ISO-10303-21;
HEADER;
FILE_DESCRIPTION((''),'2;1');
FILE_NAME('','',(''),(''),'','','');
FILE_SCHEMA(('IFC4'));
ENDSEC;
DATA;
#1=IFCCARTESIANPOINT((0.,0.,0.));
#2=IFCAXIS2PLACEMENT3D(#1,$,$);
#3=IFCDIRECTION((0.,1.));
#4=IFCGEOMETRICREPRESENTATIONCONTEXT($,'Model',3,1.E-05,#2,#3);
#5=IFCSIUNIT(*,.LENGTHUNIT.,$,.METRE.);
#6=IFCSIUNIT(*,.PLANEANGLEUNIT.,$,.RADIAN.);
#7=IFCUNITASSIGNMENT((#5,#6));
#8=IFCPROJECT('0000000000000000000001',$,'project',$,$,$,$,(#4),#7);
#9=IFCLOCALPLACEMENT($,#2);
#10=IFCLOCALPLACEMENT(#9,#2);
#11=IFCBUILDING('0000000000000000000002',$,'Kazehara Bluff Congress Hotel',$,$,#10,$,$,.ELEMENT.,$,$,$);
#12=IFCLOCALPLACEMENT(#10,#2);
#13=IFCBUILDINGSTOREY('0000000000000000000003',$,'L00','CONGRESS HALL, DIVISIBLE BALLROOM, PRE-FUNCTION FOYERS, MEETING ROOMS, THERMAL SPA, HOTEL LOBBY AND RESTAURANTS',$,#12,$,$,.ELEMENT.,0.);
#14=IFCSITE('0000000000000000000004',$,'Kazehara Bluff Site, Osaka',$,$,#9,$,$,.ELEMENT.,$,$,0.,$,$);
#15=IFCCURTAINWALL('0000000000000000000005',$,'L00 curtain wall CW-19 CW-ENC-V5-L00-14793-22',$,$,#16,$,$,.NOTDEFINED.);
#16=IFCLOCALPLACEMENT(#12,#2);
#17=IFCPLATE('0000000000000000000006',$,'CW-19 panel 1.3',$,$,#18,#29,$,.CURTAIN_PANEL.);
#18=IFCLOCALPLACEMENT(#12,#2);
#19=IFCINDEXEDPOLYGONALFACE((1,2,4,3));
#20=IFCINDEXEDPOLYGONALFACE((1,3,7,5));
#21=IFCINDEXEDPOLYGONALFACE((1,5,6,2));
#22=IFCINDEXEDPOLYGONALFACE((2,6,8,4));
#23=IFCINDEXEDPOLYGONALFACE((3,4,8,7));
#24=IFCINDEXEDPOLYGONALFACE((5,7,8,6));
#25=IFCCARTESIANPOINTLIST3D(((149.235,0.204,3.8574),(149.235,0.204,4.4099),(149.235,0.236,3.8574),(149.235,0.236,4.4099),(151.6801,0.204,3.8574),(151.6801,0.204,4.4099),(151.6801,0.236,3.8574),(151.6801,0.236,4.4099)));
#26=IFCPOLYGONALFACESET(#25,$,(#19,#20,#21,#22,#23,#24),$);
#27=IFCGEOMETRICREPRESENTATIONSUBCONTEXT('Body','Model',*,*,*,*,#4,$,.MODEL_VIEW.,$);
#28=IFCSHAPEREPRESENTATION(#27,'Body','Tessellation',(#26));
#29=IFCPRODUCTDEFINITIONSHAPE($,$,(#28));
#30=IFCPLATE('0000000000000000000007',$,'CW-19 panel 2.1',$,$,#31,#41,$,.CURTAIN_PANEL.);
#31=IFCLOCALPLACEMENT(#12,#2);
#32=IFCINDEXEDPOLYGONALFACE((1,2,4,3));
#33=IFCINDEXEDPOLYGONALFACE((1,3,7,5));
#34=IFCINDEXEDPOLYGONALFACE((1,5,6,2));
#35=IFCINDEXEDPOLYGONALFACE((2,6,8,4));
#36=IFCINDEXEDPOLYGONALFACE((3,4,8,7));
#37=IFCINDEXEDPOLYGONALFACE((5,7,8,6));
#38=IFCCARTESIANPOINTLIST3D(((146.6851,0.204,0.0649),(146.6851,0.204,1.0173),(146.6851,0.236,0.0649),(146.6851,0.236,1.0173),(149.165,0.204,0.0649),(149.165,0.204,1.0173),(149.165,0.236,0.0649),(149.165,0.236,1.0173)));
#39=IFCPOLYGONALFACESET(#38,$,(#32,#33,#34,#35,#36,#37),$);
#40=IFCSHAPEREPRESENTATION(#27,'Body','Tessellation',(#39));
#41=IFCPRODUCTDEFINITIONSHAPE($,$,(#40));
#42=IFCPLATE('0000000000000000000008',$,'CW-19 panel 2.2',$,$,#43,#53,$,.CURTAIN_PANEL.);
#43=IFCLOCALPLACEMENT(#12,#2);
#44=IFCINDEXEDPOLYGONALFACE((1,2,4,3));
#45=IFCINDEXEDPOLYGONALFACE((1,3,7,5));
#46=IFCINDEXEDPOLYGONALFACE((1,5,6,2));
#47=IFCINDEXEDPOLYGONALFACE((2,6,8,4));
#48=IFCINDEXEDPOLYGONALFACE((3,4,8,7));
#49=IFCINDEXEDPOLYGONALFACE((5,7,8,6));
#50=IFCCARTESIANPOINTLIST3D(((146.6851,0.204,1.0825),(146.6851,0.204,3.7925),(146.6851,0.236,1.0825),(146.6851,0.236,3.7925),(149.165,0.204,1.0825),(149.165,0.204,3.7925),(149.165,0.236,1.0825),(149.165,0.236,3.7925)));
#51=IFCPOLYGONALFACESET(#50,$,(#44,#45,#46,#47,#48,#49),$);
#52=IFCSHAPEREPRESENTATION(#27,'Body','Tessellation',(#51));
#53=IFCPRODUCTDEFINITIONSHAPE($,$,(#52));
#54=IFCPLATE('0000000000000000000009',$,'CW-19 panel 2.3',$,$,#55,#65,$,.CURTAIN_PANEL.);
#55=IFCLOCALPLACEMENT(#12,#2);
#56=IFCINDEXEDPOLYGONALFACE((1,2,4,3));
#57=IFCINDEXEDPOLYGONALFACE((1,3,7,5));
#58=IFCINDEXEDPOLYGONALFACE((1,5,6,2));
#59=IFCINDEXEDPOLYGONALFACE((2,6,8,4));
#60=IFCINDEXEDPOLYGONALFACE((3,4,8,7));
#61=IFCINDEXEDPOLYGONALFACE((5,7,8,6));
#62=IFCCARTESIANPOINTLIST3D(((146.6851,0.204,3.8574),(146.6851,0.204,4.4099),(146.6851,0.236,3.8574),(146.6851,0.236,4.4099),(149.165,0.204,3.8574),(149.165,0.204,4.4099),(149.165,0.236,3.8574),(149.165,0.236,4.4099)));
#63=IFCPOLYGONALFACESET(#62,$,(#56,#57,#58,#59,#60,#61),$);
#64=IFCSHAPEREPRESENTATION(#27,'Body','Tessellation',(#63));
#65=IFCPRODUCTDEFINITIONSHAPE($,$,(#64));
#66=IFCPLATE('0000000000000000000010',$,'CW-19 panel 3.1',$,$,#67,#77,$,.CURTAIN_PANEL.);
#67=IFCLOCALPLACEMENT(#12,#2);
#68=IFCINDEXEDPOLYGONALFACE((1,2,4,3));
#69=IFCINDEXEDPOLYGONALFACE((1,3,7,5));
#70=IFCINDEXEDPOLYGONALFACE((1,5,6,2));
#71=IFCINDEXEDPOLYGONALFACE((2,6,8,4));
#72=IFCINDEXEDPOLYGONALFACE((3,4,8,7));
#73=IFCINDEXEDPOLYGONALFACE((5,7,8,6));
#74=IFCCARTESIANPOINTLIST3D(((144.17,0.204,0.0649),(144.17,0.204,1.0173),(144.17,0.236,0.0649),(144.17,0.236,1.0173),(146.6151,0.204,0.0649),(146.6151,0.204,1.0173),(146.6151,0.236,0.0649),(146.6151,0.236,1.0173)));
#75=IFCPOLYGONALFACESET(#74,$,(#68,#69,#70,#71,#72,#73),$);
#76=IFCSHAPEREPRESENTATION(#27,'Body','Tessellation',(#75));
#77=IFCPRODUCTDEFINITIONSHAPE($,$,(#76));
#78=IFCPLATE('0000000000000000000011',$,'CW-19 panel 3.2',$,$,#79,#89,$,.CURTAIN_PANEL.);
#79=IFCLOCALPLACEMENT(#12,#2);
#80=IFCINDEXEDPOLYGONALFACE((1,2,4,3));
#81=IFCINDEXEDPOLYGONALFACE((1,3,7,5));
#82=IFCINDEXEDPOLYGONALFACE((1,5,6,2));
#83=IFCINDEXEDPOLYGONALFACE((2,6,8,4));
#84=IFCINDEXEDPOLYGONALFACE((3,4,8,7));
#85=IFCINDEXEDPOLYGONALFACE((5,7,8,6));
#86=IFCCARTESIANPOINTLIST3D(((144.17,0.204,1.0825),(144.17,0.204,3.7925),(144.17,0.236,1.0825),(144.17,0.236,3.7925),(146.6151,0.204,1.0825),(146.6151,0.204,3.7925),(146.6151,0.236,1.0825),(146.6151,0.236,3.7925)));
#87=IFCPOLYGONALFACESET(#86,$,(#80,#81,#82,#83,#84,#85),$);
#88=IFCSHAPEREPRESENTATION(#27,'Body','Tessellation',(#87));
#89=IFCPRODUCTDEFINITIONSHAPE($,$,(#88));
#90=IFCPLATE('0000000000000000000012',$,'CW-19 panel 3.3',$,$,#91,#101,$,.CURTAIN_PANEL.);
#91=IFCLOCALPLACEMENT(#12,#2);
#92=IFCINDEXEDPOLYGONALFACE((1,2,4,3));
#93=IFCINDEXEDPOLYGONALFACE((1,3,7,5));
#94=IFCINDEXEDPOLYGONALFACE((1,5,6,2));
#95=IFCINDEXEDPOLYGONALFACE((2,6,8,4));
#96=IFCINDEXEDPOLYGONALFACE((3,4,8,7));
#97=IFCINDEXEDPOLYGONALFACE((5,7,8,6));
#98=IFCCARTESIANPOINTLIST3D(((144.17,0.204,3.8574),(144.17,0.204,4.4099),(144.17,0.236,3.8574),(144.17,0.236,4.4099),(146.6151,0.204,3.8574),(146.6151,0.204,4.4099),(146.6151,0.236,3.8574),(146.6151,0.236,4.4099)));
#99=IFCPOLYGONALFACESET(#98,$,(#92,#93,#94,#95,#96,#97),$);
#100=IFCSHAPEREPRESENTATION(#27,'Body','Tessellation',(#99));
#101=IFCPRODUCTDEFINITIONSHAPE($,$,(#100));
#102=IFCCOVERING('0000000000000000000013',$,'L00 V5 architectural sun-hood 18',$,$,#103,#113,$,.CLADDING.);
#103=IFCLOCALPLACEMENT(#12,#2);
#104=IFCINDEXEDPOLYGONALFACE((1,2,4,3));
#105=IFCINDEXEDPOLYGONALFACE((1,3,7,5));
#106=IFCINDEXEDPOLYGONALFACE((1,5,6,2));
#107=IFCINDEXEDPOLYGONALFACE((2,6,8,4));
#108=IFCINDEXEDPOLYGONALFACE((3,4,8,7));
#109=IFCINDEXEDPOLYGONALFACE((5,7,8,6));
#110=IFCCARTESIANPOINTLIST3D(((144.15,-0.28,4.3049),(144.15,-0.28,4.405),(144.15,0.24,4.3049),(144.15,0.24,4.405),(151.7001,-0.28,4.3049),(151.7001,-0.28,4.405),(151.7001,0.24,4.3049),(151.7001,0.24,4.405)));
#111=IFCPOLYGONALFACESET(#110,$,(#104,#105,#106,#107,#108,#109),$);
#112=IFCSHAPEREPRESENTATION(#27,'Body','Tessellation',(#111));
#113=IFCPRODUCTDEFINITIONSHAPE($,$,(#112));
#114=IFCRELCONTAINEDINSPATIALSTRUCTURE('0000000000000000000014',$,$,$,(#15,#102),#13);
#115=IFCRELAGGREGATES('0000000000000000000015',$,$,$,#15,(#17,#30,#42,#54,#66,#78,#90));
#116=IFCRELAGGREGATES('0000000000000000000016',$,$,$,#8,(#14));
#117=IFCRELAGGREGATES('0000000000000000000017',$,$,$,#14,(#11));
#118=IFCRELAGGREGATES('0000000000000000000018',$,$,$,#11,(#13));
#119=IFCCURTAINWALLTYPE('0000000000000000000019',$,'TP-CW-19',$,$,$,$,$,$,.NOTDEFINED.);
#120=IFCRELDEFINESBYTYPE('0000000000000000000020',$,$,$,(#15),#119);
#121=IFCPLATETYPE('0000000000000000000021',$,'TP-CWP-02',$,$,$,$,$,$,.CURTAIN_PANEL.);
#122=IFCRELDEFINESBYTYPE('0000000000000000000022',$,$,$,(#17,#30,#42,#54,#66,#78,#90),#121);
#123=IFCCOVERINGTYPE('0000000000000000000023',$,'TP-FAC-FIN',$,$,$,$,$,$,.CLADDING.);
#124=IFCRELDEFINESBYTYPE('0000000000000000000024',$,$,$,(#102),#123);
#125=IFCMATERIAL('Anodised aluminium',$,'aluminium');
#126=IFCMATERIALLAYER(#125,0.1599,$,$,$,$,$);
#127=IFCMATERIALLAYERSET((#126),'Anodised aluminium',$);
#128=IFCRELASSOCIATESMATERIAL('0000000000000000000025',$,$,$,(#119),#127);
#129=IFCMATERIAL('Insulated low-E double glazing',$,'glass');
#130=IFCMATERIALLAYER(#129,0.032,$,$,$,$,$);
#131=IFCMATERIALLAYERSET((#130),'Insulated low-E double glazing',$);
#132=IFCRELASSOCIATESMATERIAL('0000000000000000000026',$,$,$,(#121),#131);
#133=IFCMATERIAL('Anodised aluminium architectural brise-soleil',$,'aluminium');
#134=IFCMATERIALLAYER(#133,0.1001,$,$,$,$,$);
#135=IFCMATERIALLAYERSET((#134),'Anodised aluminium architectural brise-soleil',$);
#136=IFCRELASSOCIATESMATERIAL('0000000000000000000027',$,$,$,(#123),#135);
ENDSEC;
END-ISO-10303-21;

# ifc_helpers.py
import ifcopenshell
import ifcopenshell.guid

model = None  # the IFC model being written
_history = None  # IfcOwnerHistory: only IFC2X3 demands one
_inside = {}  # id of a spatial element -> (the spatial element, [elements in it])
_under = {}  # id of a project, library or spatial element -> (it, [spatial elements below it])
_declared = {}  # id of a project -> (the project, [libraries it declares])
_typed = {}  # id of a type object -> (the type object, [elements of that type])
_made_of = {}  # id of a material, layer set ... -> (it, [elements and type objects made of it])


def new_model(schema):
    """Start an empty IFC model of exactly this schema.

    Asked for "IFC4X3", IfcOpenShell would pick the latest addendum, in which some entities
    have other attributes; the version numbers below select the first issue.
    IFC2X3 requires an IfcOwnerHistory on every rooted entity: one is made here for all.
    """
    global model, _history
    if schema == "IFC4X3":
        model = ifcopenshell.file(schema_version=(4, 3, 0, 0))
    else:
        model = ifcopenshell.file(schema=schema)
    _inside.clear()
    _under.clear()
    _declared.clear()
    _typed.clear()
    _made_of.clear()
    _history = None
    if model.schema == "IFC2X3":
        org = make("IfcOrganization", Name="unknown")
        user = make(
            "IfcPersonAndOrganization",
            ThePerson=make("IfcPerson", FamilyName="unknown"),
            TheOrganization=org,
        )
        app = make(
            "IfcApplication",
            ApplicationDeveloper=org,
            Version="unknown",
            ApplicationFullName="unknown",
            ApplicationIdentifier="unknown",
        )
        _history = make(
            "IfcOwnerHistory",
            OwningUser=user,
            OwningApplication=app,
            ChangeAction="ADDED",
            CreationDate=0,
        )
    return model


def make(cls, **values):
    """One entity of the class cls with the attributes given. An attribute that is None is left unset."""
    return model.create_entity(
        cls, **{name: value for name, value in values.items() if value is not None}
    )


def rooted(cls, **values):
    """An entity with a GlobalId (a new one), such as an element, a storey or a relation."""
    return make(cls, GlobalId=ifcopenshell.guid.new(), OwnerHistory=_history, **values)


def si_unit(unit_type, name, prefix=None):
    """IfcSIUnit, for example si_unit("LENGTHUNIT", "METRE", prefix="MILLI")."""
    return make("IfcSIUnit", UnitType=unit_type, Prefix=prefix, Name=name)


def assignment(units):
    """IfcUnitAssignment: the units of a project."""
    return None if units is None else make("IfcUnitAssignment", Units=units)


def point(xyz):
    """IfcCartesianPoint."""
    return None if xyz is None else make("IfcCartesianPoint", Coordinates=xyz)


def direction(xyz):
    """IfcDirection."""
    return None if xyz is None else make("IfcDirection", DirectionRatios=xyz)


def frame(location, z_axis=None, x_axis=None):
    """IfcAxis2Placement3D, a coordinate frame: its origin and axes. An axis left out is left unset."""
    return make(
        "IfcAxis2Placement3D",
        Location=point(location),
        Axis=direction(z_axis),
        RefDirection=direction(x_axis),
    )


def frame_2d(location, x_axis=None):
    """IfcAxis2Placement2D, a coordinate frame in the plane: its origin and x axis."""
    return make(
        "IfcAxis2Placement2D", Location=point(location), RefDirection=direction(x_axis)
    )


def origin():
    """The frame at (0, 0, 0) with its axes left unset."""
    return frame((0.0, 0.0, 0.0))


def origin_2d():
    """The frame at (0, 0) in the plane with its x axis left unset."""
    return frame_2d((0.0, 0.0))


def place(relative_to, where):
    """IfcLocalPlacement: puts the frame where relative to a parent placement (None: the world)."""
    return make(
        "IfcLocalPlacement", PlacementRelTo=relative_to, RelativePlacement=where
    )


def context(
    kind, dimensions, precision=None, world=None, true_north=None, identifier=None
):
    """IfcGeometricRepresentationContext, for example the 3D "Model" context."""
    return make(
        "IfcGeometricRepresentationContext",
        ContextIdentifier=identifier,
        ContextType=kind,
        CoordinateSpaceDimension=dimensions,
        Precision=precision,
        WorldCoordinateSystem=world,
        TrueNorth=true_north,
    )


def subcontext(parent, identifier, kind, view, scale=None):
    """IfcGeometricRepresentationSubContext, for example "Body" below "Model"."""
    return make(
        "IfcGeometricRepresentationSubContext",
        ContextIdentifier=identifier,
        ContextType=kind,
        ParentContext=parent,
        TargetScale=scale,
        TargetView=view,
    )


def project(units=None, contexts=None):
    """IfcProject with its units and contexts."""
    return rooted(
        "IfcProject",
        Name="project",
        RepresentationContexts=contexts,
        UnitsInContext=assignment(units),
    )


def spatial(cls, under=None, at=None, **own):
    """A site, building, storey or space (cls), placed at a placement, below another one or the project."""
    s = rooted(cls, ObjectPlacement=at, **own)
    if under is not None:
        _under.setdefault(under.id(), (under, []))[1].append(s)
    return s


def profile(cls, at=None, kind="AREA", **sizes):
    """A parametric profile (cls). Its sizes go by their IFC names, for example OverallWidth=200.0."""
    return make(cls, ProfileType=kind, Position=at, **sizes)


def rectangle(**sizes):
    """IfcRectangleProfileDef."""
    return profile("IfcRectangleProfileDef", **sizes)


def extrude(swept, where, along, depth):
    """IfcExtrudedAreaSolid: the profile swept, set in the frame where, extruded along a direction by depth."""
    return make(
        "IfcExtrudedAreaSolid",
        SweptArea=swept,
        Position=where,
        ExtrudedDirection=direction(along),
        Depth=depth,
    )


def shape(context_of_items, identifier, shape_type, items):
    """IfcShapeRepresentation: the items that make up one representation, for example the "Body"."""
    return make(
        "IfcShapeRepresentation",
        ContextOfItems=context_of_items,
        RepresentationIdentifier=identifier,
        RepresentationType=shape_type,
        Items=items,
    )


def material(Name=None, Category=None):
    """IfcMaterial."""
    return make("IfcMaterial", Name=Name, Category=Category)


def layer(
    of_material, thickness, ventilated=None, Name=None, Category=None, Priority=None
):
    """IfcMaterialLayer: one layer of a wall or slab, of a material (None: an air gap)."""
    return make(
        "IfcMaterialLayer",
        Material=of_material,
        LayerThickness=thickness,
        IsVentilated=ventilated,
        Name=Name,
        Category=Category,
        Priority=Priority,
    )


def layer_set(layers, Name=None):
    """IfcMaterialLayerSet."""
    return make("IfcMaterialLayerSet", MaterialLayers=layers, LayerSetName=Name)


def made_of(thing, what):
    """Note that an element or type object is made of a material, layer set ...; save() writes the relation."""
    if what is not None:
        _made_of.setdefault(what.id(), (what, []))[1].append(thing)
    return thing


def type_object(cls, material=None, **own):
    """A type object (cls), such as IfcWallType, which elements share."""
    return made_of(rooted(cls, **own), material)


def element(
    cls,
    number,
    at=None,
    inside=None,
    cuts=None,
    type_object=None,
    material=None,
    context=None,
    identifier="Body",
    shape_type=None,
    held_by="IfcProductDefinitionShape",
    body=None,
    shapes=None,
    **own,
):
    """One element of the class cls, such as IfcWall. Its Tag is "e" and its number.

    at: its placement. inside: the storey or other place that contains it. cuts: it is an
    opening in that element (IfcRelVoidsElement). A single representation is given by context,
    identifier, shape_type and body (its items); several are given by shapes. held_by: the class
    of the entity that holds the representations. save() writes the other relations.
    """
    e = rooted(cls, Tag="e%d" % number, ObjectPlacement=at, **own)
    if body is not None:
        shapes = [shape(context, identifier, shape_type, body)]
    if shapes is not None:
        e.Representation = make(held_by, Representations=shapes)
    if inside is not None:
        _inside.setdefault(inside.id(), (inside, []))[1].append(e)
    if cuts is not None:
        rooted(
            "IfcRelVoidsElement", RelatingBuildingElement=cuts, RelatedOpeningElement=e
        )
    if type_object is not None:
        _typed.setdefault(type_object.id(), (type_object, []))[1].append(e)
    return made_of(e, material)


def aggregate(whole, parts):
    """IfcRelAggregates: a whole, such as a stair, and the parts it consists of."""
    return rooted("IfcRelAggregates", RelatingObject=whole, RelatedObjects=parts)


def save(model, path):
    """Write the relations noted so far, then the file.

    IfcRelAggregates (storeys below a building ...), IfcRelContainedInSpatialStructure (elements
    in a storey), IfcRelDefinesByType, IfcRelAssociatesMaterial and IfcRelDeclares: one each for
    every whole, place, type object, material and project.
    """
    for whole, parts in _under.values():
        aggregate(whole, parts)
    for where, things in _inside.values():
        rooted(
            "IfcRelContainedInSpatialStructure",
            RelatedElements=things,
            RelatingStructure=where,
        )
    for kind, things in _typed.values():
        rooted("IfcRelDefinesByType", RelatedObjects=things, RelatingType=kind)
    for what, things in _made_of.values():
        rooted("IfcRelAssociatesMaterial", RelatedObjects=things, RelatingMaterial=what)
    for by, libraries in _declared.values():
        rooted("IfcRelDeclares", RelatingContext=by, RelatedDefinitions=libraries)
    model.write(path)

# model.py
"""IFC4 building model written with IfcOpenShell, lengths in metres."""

from ifc_helpers import new_model, si_unit, direction, frame, origin, origin_2d, place, context, subcontext, project, spatial, rectangle, extrude, material, layer, layer_set, type_object, element, aggregate, save


model = new_model("IFC4")

# Units and contexts
model_context = context("Model", 3, precision=1e-05, world=origin(), true_north=direction((0.0, 1.0)))
body_context = subcontext(model_context, "Body", "Model", "MODEL_VIEW")
ifc_project = project(units=[si_unit("LENGTHUNIT", "METRE"), si_unit("PLANEANGLEUNIT", "RADIAN")], contexts=[model_context])

# Site, building, storey
site_placement = place(None, origin())
site = spatial("IfcSite", under=ifc_project, at=site_placement, Name="Kazehara Bluff Site, Osaka", CompositionType="ELEMENT", RefElevation=0.0)
building_placement = place(site_placement, origin())
building = spatial("IfcBuilding", under=site, at=building_placement, Name="Kazehara Bluff Congress Hotel", CompositionType="ELEMENT")
storey_placement = place(building_placement, origin())
storey = spatial("IfcBuildingStorey", under=building, at=storey_placement, Name="L00", Description="CONGRESS HALL, DIVISIBLE BALLROOM, PRE-FUNCTION FOYERS, MEETING ROOMS, THERMAL SPA, HOTEL LOBBY AND RESTAURANTS", CompositionType="ELEMENT", Elevation=0.0)

# Curtain wall
ifc_material_1 = material(Name="Anodised aluminium", Category="aluminium")
ifc_layer_1 = layer(ifc_material_1, 0.1599)
ifc_layer_set_1 = layer_set([ifc_layer_1], Name="Anodised aluminium")
curtain_wall_type = type_object("IfcCurtainWallType", Name="TP-CW-19", PredefinedType="NOTDEFINED", material=ifc_layer_set_1)
curtain_wall_placement = place(storey_placement, origin())
curtain_wall = element("IfcCurtainWall", 1, at=curtain_wall_placement, inside=storey, type_object=curtain_wall_type, Name="L00 curtain wall CW-19 CW-ENC-V5-L00-14793-22", PredefinedType="NOTDEFINED")

# Plates
ifc_material_2 = material(Name="Insulated low-E double glazing", Category="glass")
ifc_layer_2 = layer(ifc_material_2, 0.032)
ifc_layer_set_2 = layer_set([ifc_layer_2], Name="Insulated low-E double glazing")
plate_type = type_object("IfcPlateType", Name="TP-CWP-02", PredefinedType="CURTAIN_PANEL", material=ifc_layer_set_2)
plate_1_placement = place(storey_placement, frame((150.4575, 0.22, 3.8574), z_axis=(0.0, 0.0, 1.0), x_axis=(-1.0, 0.0, 0.0)))
plate_1 = element("IfcPlate", 2, at=plate_1_placement, type_object=plate_type, Name="CW-19 panel 1.3", PredefinedType="CURTAIN_PANEL", context=body_context, shape_type="SweptSolid", body=[
    extrude(rectangle(XDim=2.4451, YDim=0.032, at=origin_2d()), origin(), (0.0, 0.0, 1.0), 0.5525),
])
plate_2_placement = place(storey_placement, frame((147.925, 0.22, 0.0649), z_axis=(0.0, 0.0, 1.0), x_axis=(-1.0, 0.0, 0.0)))
plate_2 = element("IfcPlate", 3, at=plate_2_placement, type_object=plate_type, Name="CW-19 panel 2.1", PredefinedType="CURTAIN_PANEL", context=body_context, shape_type="SweptSolid", body=[
    extrude(rectangle(XDim=2.48, YDim=0.032, at=origin_2d()), origin(), (0.0, 0.0, 1.0), 0.9524),
])
plate_3_placement = place(storey_placement, frame((147.925, 0.22, 1.0825), z_axis=(0.0, 0.0, 1.0), x_axis=(-1.0, 0.0, 0.0)))
plate_3 = element("IfcPlate", 4, at=plate_3_placement, type_object=plate_type, Name="CW-19 panel 2.2", PredefinedType="CURTAIN_PANEL", context=body_context, shape_type="SweptSolid", body=[
    extrude(rectangle(XDim=2.48, YDim=0.032, at=origin_2d()), origin(), (0.0, 0.0, 1.0), 2.71),
])
plate_4_placement = place(storey_placement, frame((147.925, 0.22, 3.8574), z_axis=(0.0, 0.0, 1.0), x_axis=(-1.0, 0.0, 0.0)))
plate_4 = element("IfcPlate", 5, at=plate_4_placement, type_object=plate_type, Name="CW-19 panel 2.3", PredefinedType="CURTAIN_PANEL", context=body_context, shape_type="SweptSolid", body=[
    extrude(rectangle(XDim=2.48, YDim=0.032, at=origin_2d()), origin(), (0.0, 0.0, 1.0), 0.5525),
])
plate_5_placement = place(storey_placement, frame((145.3926, 0.22, 0.0649), z_axis=(0.0, 0.0, 1.0), x_axis=(-1.0, 0.0, 0.0)))
plate_5 = element("IfcPlate", 6, at=plate_5_placement, type_object=plate_type, Name="CW-19 panel 3.1", PredefinedType="CURTAIN_PANEL", context=body_context, shape_type="SweptSolid", body=[
    extrude(rectangle(XDim=2.4451, YDim=0.032, at=origin_2d()), origin(), (0.0, 0.0, 1.0), 0.9524),
])
plate_6_placement = place(storey_placement, frame((145.3926, 0.22, 1.0825), z_axis=(0.0, 0.0, 1.0), x_axis=(-1.0, 0.0, 0.0)))
plate_6 = element("IfcPlate", 7, at=plate_6_placement, type_object=plate_type, Name="CW-19 panel 3.2", PredefinedType="CURTAIN_PANEL", context=body_context, shape_type="SweptSolid", body=[
    extrude(rectangle(XDim=2.4451, YDim=0.032, at=origin_2d()), origin(), (0.0, 0.0, 1.0), 2.71),
])
plate_7_placement = place(storey_placement, frame((145.3926, 0.22, 3.8574), z_axis=(0.0, 0.0, 1.0), x_axis=(-1.0, 0.0, 0.0)))
plate_7 = element("IfcPlate", 8, at=plate_7_placement, type_object=plate_type, Name="CW-19 panel 3.3", PredefinedType="CURTAIN_PANEL", context=body_context, shape_type="SweptSolid", body=[
    extrude(rectangle(XDim=2.4451, YDim=0.032, at=origin_2d()), origin(), (0.0, 0.0, 1.0), 0.5525),
])
aggregate(curtain_wall, [plate_1, plate_2, plate_3, plate_4, plate_5, plate_6, plate_7])

# Covering
ifc_material_3 = material(Name="Anodised aluminium architectural brise-soleil", Category="aluminium")
ifc_layer_3 = layer(ifc_material_3, 0.1001)
ifc_layer_set_3 = layer_set([ifc_layer_3], Name="Anodised aluminium architectural brise-soleil")
covering_type = type_object("IfcCoveringType", Name="TP-FAC-FIN", PredefinedType="CLADDING", material=ifc_layer_set_3)
covering_placement = place(storey_placement, frame((147.925, -0.02, 4.3049), z_axis=(0.0, 0.0, 1.0), x_axis=(1.0, 0.0, 0.0)))
element("IfcCovering", 9, at=covering_placement, inside=storey, type_object=covering_type, Name="L00 V5 architectural sun-hood 18", PredefinedType="CLADDING", context=body_context, shape_type="SweptSolid", body=[
    extrude(rectangle(XDim=7.55, YDim=0.52, at=origin_2d()), origin(), (0.0, 0.0, 1.0), 0.1001),
])

save(model, "model.ifc")
